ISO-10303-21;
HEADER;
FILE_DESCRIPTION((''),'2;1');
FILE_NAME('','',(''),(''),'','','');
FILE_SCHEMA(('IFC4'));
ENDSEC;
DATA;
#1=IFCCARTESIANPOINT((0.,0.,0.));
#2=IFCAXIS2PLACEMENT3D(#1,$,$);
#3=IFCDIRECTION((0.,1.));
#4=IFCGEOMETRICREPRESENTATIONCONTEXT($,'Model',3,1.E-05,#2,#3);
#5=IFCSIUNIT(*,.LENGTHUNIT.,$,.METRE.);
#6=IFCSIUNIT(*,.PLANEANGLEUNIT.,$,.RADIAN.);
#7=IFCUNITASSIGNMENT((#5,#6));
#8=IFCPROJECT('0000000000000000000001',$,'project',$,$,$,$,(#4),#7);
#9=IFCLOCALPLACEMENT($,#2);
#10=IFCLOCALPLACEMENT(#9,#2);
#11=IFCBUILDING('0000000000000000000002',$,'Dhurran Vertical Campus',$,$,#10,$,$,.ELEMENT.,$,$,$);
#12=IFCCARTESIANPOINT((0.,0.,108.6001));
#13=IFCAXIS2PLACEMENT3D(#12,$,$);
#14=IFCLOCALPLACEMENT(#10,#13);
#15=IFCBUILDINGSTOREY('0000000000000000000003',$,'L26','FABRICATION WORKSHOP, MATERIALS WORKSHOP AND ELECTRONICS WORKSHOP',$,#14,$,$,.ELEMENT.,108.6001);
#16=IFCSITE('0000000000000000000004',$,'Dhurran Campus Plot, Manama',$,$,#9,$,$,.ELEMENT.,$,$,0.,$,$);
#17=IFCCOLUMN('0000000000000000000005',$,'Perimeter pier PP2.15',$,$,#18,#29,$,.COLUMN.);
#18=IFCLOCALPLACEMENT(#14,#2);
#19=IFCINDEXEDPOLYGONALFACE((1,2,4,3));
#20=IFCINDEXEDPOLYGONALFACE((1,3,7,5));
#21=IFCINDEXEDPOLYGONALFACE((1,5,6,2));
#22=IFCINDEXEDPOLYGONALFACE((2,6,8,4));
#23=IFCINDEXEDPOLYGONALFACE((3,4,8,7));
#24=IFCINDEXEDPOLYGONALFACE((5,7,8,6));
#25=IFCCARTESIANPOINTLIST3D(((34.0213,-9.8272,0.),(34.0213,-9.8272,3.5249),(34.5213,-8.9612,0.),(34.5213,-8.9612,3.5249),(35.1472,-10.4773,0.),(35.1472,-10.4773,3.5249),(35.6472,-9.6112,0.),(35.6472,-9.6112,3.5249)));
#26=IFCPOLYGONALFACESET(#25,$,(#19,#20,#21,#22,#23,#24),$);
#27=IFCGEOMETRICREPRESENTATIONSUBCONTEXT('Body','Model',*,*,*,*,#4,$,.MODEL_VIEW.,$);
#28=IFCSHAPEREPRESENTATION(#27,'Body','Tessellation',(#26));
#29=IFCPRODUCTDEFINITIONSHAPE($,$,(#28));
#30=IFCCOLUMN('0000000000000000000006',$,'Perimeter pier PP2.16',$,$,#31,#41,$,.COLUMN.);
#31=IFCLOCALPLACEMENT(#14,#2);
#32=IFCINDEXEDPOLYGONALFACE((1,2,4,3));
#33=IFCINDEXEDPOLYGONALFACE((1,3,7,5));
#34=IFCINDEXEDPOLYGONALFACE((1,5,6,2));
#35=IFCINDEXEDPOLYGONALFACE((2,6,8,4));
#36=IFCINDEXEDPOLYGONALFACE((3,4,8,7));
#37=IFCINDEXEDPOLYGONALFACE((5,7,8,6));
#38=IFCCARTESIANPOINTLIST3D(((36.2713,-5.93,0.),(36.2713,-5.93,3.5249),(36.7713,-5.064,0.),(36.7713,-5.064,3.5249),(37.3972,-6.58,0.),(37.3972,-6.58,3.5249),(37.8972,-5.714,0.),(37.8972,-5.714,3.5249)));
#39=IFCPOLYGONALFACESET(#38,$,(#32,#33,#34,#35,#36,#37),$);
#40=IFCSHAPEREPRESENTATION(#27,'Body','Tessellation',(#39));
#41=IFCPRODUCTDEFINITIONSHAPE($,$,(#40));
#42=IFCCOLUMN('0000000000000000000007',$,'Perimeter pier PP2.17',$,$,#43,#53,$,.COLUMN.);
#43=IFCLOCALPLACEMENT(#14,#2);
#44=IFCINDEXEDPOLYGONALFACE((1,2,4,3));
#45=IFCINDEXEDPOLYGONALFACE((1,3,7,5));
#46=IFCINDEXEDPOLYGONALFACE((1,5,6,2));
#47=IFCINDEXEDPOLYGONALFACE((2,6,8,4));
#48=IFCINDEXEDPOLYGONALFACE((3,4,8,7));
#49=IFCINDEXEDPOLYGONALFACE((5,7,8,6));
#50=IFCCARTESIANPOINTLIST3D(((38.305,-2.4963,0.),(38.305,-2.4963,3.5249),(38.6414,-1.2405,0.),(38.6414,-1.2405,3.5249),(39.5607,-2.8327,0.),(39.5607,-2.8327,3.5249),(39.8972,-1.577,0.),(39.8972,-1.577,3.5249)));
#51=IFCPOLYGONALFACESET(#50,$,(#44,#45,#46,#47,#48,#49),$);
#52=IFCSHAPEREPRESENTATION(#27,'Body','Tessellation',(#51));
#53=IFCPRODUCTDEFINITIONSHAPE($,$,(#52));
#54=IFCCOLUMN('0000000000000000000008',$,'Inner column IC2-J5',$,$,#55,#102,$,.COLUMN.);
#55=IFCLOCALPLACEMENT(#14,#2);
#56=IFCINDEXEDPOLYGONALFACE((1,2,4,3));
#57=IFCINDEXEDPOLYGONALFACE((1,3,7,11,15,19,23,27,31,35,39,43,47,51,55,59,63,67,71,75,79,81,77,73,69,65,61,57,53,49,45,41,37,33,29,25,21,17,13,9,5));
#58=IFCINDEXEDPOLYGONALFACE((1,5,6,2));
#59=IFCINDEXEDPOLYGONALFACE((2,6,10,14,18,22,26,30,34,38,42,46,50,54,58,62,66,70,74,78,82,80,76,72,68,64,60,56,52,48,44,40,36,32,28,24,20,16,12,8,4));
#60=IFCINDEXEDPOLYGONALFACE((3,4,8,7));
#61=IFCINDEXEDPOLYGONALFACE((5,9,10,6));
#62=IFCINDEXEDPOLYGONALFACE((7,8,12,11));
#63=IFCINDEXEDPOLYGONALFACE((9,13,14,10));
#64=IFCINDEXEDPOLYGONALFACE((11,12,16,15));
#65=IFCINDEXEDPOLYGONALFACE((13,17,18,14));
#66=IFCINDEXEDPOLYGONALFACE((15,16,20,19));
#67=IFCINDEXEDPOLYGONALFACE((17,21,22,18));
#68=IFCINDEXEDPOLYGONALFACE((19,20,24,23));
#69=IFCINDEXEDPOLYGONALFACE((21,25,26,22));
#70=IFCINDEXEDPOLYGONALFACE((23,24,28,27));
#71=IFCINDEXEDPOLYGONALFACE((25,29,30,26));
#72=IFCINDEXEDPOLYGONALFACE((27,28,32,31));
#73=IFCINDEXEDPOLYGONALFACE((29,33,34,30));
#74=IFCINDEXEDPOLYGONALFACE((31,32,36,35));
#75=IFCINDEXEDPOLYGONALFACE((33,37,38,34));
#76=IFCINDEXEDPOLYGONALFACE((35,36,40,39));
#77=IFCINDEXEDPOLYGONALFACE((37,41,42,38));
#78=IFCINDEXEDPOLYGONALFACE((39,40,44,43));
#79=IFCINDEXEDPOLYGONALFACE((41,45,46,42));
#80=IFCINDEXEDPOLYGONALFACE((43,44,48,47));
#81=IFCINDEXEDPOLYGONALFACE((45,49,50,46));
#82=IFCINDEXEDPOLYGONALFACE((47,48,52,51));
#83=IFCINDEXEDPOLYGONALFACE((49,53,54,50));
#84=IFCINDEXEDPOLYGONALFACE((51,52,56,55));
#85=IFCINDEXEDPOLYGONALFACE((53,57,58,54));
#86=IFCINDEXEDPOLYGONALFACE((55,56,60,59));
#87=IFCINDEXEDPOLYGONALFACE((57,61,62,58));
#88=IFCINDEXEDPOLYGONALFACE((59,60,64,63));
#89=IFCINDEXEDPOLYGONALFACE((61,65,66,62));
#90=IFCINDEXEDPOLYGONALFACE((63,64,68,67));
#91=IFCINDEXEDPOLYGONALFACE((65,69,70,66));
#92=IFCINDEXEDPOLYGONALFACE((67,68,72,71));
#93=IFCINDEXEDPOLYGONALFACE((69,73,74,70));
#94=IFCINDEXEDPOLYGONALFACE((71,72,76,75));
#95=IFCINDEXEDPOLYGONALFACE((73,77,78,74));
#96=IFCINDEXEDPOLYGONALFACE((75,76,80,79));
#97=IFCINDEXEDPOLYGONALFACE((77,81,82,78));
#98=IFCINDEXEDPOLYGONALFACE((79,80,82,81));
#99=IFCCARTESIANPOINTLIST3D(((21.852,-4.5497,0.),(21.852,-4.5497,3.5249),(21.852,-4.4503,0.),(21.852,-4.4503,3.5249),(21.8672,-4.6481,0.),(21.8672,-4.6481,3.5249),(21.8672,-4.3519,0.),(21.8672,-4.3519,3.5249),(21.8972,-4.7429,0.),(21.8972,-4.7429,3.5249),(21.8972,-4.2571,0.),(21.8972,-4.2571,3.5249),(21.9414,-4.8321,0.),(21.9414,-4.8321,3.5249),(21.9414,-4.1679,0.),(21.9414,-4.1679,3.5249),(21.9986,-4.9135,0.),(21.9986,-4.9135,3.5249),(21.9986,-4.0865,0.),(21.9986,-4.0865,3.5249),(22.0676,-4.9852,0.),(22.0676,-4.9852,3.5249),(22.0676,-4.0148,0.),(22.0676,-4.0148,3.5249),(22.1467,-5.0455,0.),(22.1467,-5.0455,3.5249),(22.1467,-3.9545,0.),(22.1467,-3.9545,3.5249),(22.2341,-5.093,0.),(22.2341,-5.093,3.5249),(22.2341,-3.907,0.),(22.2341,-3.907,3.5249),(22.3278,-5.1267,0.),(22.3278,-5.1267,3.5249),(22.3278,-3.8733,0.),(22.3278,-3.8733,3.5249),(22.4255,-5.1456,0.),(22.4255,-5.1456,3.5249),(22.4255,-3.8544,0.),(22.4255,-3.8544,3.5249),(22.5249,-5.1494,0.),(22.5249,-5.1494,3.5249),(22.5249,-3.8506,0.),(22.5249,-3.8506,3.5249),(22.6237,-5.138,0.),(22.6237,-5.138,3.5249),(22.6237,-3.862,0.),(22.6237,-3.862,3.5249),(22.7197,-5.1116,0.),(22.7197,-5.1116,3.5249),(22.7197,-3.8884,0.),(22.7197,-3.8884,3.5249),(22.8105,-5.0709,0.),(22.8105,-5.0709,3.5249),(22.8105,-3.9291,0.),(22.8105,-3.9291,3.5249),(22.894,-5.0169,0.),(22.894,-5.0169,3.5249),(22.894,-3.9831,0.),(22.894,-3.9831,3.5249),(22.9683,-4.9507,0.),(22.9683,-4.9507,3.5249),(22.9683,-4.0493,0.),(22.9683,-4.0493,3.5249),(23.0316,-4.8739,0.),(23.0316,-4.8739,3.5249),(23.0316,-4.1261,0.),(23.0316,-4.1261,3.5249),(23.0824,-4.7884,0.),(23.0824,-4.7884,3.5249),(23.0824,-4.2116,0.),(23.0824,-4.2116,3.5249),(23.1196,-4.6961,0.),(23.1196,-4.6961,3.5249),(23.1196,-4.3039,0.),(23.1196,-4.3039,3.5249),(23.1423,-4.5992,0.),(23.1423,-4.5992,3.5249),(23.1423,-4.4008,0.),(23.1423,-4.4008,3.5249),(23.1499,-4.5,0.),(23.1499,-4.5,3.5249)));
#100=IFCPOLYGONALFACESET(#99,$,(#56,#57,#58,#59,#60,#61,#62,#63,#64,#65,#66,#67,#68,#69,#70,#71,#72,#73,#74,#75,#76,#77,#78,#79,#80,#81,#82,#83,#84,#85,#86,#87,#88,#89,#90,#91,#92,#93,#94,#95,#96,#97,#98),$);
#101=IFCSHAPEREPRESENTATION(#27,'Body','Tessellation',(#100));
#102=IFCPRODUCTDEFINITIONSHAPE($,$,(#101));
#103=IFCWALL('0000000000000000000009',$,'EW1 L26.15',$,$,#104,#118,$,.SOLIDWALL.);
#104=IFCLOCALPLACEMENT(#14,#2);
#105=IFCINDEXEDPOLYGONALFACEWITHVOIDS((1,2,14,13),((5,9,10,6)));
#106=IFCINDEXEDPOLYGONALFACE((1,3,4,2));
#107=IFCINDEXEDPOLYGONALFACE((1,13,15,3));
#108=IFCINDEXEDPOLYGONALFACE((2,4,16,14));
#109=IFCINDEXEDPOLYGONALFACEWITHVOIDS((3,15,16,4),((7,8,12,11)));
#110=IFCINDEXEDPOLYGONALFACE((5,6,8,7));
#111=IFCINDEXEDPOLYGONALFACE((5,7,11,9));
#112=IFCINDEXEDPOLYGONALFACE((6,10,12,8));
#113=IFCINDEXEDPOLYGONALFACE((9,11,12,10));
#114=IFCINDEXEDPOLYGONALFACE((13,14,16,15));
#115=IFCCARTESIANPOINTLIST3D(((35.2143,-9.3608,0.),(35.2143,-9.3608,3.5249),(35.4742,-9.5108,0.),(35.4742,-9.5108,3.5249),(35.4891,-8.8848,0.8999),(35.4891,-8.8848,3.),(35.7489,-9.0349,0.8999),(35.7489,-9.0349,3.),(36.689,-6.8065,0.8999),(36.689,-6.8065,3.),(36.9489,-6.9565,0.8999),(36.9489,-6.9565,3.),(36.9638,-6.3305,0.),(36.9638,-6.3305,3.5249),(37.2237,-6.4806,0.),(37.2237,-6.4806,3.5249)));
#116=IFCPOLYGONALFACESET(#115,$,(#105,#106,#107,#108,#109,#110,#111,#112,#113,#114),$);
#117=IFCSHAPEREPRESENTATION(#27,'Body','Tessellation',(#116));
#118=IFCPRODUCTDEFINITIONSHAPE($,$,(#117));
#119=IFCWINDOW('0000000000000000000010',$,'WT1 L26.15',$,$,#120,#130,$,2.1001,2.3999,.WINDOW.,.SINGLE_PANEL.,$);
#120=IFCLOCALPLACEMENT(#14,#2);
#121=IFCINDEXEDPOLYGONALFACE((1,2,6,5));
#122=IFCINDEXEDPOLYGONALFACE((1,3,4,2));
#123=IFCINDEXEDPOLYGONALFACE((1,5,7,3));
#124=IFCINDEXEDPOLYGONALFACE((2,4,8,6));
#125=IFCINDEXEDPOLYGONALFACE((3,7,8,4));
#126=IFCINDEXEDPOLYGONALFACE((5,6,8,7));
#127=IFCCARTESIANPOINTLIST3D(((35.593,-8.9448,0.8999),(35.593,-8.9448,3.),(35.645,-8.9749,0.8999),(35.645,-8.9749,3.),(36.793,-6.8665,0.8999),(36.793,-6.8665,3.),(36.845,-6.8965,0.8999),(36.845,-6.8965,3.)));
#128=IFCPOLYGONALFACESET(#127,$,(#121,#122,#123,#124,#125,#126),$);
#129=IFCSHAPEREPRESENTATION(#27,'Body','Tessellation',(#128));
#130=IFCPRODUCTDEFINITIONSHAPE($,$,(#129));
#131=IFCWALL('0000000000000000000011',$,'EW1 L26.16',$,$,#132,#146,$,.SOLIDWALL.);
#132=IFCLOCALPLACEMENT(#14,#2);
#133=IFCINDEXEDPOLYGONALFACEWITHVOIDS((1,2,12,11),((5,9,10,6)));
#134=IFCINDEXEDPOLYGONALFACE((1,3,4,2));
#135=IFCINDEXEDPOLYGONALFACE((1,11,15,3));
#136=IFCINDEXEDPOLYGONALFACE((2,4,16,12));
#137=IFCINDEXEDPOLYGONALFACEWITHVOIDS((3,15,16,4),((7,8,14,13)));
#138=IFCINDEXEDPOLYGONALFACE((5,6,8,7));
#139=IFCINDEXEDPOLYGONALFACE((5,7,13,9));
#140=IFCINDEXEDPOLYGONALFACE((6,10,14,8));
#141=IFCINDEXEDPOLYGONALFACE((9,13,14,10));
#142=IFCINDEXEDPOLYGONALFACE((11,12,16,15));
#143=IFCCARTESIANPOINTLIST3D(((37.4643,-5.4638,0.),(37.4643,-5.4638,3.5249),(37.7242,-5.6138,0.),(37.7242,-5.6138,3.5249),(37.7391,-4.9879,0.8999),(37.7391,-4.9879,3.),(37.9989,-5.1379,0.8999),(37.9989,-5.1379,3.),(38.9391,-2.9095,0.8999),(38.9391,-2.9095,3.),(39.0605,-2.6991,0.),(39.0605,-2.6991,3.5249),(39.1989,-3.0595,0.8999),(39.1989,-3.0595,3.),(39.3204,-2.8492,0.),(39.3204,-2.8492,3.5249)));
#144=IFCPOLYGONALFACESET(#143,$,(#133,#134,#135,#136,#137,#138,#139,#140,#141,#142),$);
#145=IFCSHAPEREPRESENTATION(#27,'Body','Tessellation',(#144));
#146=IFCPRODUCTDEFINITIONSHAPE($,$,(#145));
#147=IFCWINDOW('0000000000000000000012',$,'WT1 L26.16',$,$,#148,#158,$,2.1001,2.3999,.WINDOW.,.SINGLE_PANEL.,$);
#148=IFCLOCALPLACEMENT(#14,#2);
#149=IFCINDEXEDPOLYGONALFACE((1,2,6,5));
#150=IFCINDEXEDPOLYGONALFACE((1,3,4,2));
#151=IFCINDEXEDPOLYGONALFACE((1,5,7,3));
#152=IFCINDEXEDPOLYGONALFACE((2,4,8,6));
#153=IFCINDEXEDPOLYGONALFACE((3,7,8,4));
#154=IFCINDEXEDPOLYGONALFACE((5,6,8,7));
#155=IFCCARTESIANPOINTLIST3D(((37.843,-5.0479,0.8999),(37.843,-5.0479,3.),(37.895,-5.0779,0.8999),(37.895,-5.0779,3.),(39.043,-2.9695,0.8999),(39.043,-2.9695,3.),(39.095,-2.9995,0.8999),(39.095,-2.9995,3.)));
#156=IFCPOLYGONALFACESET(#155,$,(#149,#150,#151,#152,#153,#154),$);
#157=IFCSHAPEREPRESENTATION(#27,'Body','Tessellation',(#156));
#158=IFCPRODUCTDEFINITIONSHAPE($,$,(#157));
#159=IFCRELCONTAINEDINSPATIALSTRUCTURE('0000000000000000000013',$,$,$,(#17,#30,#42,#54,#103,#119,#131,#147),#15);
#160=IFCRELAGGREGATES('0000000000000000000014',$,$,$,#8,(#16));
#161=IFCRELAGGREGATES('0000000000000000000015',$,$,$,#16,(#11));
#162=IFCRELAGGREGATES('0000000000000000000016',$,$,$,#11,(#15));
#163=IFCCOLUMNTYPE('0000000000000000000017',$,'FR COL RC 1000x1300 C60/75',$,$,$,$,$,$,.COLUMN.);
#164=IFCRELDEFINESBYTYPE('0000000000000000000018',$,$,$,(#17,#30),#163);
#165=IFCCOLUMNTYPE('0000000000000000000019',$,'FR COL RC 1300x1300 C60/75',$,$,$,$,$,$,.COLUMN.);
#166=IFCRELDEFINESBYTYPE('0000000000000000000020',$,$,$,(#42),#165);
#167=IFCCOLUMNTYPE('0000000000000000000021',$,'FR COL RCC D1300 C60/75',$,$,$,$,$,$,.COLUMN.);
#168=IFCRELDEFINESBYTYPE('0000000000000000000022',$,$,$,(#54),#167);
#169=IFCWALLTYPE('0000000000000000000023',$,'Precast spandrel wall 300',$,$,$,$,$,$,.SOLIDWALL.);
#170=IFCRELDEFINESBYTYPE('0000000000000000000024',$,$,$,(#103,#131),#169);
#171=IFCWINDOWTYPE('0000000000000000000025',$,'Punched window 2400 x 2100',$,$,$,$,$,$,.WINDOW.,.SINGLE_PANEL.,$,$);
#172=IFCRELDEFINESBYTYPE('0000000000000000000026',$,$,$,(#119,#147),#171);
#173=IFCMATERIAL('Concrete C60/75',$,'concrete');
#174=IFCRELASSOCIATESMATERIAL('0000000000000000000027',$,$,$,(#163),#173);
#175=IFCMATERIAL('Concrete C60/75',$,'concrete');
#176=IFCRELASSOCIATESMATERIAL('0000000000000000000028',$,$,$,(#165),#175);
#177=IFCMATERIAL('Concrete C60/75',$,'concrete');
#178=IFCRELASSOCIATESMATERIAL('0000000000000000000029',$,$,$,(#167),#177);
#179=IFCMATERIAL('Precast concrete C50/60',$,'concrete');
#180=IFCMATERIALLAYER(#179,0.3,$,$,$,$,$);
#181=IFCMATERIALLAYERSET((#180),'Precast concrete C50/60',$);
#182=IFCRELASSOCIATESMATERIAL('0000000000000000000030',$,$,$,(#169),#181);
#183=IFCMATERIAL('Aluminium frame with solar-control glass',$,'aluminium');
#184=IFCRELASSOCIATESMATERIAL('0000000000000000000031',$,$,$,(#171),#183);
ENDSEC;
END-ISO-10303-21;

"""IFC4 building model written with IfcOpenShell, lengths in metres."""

from ifc_helpers import new_model, si_unit, direction, frame, frame_2d, origin, origin_2d, place, context, subcontext, project, spatial, rectangle, circle, extrude, material, layer, layer_set, material_profile, profile_set, type_object, element, fill, save


model = new_model("IFC4")

# Units and contexts
model_context = context("Model", 3, precision=1e-05, world=origin(), true_north=direction((0.0, 1.0)))
body_context = subcontext(model_context, "Body", "Model", "MODEL_VIEW")
ifc_project = project(units=[si_unit("LENGTHUNIT", "METRE"), si_unit("PLANEANGLEUNIT", "RADIAN")], contexts=[model_context])

# Site, building, storey
site_placement = place(None, origin())
site = spatial("IfcSite", under=ifc_project, at=site_placement, Name="Dhurran Campus Plot, Manama", CompositionType="ELEMENT", RefElevation=0.0)
building_placement = place(site_placement, origin())
building = spatial("IfcBuilding", under=site, at=building_placement, Name="Dhurran Vertical Campus", CompositionType="ELEMENT")
storey_placement = place(building_placement, frame((0.0, 0.0, 108.6001)))
storey = spatial("IfcBuildingStorey", under=building, at=storey_placement, Name="L26", Description="FABRICATION WORKSHOP, MATERIALS WORKSHOP AND ELECTRONICS WORKSHOP", CompositionType="ELEMENT", Elevation=108.6001)

# Columns
ifc_material_1 = material(Name="Concrete C60/75", Category="concrete")
ifc_material_profile_1 = material_profile(ifc_material_1, rectangle(XDim=1.0, YDim=1.3, at=origin_2d()), Name="RC 1000x1300")
ifc_profile_set_1 = profile_set([ifc_material_profile_1], Name="Concrete C60/75")
column_type_1 = type_object("IfcColumnType", Name="FR COL RC 1000x1300 C60/75", PredefinedType="COLUMN", material=ifc_profile_set_1)
for number, where, z_axis, x_axis, name in (
    (1, (34.8342, -9.7192, 0.0), (0.0, 0.0, 1.0), (0.5, 0.866025, 0.0), "Perimeter pier PP2.15"),
    (2, (37.0842, -5.822, 0.0), (0.0, 0.0, 1.0), (0.5, 0.866025, 0.0), "Perimeter pier PP2.16"),
):
    element("IfcColumn", number, at=place(storey_placement, frame(where, z_axis=z_axis, x_axis=x_axis)), inside=storey, type_object=column_type_1, Name=name, PredefinedType="COLUMN", context=body_context, shape_type="SweptSolid", body=[
        extrude(rectangle(XDim=1.0, YDim=1.3, at=origin_2d()), origin(), (0.0, 0.0, 1.0), 3.5249),
    ])
ifc_material_2 = material(Name="Concrete C60/75", Category="concrete")
ifc_material_profile_2 = material_profile(ifc_material_2, rectangle(XDim=1.3, YDim=1.3, at=origin_2d()), Name="RC 1300x1300")
ifc_profile_set_2 = profile_set([ifc_material_profile_2], Name="Concrete C60/75")
column_type_2 = type_object("IfcColumnType", Name="FR COL RC 1300x1300 C60/75", PredefinedType="COLUMN", material=ifc_profile_set_2)
column_1_placement = place(storey_placement, frame((39.1011, -2.0366, 0.0), z_axis=(0.0, 0.0, 1.0), x_axis=(0.258819, 0.965926, 0.0)))
element("IfcColumn", 3, at=column_1_placement, inside=storey, type_object=column_type_2, Name="Perimeter pier PP2.17", PredefinedType="COLUMN", context=body_context, shape_type="SweptSolid", body=[
    extrude(rectangle(XDim=1.3, YDim=1.3, at=origin_2d()), origin(), (0.0, 0.0, 1.0), 3.5249),
])
ifc_material_3 = material(Name="Concrete C60/75", Category="concrete")
ifc_material_profile_3 = material_profile(ifc_material_3, circle(Radius=0.6499, at=origin_2d()), Name="RCC D1300")
ifc_profile_set_3 = profile_set([ifc_material_profile_3], Name="Concrete C60/75")
column_type_3 = type_object("IfcColumnType", Name="FR COL RCC D1300 C60/75", PredefinedType="COLUMN", material=ifc_profile_set_3)
column_2_placement = place(storey_placement, frame((22.5, -4.5, 0.0), z_axis=(0.0, 0.0, 1.0), x_axis=(1.0, 0.0, 0.0)))
element("IfcColumn", 4, at=column_2_placement, inside=storey, type_object=column_type_3, Name="Inner column IC2-J5", PredefinedType="COLUMN", context=body_context, shape_type="SweptSolid", body=[
    extrude(circle(Radius=0.6499, at=origin_2d()), origin(), (0.0, 0.0, 1.0), 3.5249),
])

# Walls, openings, windows
ifc_material_4 = material(Name="Precast concrete C50/60", Category="concrete")
ifc_layer_1 = layer(ifc_material_4, 0.3)
ifc_layer_set_1 = layer_set([ifc_layer_1], Name="Precast concrete C50/60")
wall_type_1 = type_object("IfcWallType", Name="Precast spandrel wall 300", PredefinedType="SOLIDWALL", material=ifc_layer_set_1)
wall_1_placement = place(storey_placement, frame((35.3442, -9.4358, 0.0), z_axis=(0.0, 0.0, 1.0), x_axis=(0.499996, 0.866028, 0.0)))
wall_1 = element("IfcWall", 5, at=wall_1_placement, inside=storey, type_object=wall_type_1, Name="EW1 L26.15", PredefinedType="SOLIDWALL", context=body_context, shape_type="SweptSolid", body=[
    extrude(rectangle(XDim=3.499, YDim=0.3, at=frame_2d((1.7495, 0.0))), origin(), (0.0, 0.0, 1.0), 3.5249),
])
opening_1_placement = place(wall_1_placement, frame((0.5496, 0.0, 0.8999)))
opening_1 = element("IfcOpeningElement", 6, at=opening_1_placement, cuts=wall_1, PredefinedType="OPENING", context=body_context, shape_type="SweptSolid", body=[
    extrude(rectangle(XDim=2.3999, YDim=2.1001, at=frame_2d((1.2, 1.05))), frame((0.0, 0.1599, 0.0), z_axis=(0.0, -1.0, 0.0), x_axis=(1.0, 0.0, 0.0)), (0.0, 0.0, 1.0), 0.3201),
])
ifc_material_5 = material(Name="Aluminium frame with solar-control glass", Category="aluminium")
window_type = type_object("IfcWindowType", Name="Punched window 2400 x 2100", PartitioningType="SINGLE_PANEL", PredefinedType="WINDOW", material=ifc_material_5)
window_1_placement = place(opening_1_placement, origin())
window_1 = element("IfcWindow", 7, at=window_1_placement, inside=storey, type_object=window_type, Name="WT1 L26.15", OverallHeight=2.1001, OverallWidth=2.3999, PartitioningType="SINGLE_PANEL", PredefinedType="WINDOW", context=body_context, shape_type="SweptSolid", body=[
    extrude(rectangle(XDim=2.3999, YDim=2.1001, at=frame_2d((1.2, 1.05))), frame((0.0, 0.03, 0.0), z_axis=(0.0, -1.0, 0.0), x_axis=(1.0, 0.0, 0.0)), (0.0, 0.0, 1.0), 0.0601),
])
fill(opening_1, window_1)
wall_2_placement = place(storey_placement, frame((37.5942, -5.5388, 0.0), z_axis=(0.0, 0.0, 1.0), x_axis=(0.500005, 0.866023, 0.0)))
wall_2 = element("IfcWall", 8, at=wall_2_placement, inside=storey, type_object=wall_type_1, Name="EW1 L26.16", PredefinedType="SOLIDWALL", context=body_context, shape_type="SweptSolid", body=[
    extrude(rectangle(XDim=3.1924, YDim=0.3, at=frame_2d((1.5962, 0.0))), origin(), (0.0, 0.0, 1.0), 3.5249),
])
opening_2_placement = place(wall_2_placement, frame((0.5496, 0.0, 0.8999)))
opening_2 = element("IfcOpeningElement", 9, at=opening_2_placement, cuts=wall_2, PredefinedType="OPENING", context=body_context, shape_type="SweptSolid", body=[
    extrude(rectangle(XDim=2.3999, YDim=2.1001, at=frame_2d((1.2, 1.05))), frame((0.0, 0.1599, 0.0), z_axis=(0.0, -1.0, 0.0), x_axis=(1.0, 0.0, 0.0)), (0.0, 0.0, 1.0), 0.3201),
])
window_2_placement = place(opening_2_placement, origin())
window_2 = element("IfcWindow", 10, at=window_2_placement, inside=storey, type_object=window_type, Name="WT1 L26.16", OverallHeight=2.1001, OverallWidth=2.3999, PartitioningType="SINGLE_PANEL", PredefinedType="WINDOW", context=body_context, shape_type="SweptSolid", body=[
    extrude(rectangle(XDim=2.3999, YDim=2.1001, at=frame_2d((1.2, 1.05))), frame((0.0, 0.03, 0.0), z_axis=(0.0, -1.0, 0.0), x_axis=(1.0, 0.0, 0.0)), (0.0, 0.0, 1.0), 0.0601),
])
fill(opening_2, window_2)

save(model, "model.ifc")
